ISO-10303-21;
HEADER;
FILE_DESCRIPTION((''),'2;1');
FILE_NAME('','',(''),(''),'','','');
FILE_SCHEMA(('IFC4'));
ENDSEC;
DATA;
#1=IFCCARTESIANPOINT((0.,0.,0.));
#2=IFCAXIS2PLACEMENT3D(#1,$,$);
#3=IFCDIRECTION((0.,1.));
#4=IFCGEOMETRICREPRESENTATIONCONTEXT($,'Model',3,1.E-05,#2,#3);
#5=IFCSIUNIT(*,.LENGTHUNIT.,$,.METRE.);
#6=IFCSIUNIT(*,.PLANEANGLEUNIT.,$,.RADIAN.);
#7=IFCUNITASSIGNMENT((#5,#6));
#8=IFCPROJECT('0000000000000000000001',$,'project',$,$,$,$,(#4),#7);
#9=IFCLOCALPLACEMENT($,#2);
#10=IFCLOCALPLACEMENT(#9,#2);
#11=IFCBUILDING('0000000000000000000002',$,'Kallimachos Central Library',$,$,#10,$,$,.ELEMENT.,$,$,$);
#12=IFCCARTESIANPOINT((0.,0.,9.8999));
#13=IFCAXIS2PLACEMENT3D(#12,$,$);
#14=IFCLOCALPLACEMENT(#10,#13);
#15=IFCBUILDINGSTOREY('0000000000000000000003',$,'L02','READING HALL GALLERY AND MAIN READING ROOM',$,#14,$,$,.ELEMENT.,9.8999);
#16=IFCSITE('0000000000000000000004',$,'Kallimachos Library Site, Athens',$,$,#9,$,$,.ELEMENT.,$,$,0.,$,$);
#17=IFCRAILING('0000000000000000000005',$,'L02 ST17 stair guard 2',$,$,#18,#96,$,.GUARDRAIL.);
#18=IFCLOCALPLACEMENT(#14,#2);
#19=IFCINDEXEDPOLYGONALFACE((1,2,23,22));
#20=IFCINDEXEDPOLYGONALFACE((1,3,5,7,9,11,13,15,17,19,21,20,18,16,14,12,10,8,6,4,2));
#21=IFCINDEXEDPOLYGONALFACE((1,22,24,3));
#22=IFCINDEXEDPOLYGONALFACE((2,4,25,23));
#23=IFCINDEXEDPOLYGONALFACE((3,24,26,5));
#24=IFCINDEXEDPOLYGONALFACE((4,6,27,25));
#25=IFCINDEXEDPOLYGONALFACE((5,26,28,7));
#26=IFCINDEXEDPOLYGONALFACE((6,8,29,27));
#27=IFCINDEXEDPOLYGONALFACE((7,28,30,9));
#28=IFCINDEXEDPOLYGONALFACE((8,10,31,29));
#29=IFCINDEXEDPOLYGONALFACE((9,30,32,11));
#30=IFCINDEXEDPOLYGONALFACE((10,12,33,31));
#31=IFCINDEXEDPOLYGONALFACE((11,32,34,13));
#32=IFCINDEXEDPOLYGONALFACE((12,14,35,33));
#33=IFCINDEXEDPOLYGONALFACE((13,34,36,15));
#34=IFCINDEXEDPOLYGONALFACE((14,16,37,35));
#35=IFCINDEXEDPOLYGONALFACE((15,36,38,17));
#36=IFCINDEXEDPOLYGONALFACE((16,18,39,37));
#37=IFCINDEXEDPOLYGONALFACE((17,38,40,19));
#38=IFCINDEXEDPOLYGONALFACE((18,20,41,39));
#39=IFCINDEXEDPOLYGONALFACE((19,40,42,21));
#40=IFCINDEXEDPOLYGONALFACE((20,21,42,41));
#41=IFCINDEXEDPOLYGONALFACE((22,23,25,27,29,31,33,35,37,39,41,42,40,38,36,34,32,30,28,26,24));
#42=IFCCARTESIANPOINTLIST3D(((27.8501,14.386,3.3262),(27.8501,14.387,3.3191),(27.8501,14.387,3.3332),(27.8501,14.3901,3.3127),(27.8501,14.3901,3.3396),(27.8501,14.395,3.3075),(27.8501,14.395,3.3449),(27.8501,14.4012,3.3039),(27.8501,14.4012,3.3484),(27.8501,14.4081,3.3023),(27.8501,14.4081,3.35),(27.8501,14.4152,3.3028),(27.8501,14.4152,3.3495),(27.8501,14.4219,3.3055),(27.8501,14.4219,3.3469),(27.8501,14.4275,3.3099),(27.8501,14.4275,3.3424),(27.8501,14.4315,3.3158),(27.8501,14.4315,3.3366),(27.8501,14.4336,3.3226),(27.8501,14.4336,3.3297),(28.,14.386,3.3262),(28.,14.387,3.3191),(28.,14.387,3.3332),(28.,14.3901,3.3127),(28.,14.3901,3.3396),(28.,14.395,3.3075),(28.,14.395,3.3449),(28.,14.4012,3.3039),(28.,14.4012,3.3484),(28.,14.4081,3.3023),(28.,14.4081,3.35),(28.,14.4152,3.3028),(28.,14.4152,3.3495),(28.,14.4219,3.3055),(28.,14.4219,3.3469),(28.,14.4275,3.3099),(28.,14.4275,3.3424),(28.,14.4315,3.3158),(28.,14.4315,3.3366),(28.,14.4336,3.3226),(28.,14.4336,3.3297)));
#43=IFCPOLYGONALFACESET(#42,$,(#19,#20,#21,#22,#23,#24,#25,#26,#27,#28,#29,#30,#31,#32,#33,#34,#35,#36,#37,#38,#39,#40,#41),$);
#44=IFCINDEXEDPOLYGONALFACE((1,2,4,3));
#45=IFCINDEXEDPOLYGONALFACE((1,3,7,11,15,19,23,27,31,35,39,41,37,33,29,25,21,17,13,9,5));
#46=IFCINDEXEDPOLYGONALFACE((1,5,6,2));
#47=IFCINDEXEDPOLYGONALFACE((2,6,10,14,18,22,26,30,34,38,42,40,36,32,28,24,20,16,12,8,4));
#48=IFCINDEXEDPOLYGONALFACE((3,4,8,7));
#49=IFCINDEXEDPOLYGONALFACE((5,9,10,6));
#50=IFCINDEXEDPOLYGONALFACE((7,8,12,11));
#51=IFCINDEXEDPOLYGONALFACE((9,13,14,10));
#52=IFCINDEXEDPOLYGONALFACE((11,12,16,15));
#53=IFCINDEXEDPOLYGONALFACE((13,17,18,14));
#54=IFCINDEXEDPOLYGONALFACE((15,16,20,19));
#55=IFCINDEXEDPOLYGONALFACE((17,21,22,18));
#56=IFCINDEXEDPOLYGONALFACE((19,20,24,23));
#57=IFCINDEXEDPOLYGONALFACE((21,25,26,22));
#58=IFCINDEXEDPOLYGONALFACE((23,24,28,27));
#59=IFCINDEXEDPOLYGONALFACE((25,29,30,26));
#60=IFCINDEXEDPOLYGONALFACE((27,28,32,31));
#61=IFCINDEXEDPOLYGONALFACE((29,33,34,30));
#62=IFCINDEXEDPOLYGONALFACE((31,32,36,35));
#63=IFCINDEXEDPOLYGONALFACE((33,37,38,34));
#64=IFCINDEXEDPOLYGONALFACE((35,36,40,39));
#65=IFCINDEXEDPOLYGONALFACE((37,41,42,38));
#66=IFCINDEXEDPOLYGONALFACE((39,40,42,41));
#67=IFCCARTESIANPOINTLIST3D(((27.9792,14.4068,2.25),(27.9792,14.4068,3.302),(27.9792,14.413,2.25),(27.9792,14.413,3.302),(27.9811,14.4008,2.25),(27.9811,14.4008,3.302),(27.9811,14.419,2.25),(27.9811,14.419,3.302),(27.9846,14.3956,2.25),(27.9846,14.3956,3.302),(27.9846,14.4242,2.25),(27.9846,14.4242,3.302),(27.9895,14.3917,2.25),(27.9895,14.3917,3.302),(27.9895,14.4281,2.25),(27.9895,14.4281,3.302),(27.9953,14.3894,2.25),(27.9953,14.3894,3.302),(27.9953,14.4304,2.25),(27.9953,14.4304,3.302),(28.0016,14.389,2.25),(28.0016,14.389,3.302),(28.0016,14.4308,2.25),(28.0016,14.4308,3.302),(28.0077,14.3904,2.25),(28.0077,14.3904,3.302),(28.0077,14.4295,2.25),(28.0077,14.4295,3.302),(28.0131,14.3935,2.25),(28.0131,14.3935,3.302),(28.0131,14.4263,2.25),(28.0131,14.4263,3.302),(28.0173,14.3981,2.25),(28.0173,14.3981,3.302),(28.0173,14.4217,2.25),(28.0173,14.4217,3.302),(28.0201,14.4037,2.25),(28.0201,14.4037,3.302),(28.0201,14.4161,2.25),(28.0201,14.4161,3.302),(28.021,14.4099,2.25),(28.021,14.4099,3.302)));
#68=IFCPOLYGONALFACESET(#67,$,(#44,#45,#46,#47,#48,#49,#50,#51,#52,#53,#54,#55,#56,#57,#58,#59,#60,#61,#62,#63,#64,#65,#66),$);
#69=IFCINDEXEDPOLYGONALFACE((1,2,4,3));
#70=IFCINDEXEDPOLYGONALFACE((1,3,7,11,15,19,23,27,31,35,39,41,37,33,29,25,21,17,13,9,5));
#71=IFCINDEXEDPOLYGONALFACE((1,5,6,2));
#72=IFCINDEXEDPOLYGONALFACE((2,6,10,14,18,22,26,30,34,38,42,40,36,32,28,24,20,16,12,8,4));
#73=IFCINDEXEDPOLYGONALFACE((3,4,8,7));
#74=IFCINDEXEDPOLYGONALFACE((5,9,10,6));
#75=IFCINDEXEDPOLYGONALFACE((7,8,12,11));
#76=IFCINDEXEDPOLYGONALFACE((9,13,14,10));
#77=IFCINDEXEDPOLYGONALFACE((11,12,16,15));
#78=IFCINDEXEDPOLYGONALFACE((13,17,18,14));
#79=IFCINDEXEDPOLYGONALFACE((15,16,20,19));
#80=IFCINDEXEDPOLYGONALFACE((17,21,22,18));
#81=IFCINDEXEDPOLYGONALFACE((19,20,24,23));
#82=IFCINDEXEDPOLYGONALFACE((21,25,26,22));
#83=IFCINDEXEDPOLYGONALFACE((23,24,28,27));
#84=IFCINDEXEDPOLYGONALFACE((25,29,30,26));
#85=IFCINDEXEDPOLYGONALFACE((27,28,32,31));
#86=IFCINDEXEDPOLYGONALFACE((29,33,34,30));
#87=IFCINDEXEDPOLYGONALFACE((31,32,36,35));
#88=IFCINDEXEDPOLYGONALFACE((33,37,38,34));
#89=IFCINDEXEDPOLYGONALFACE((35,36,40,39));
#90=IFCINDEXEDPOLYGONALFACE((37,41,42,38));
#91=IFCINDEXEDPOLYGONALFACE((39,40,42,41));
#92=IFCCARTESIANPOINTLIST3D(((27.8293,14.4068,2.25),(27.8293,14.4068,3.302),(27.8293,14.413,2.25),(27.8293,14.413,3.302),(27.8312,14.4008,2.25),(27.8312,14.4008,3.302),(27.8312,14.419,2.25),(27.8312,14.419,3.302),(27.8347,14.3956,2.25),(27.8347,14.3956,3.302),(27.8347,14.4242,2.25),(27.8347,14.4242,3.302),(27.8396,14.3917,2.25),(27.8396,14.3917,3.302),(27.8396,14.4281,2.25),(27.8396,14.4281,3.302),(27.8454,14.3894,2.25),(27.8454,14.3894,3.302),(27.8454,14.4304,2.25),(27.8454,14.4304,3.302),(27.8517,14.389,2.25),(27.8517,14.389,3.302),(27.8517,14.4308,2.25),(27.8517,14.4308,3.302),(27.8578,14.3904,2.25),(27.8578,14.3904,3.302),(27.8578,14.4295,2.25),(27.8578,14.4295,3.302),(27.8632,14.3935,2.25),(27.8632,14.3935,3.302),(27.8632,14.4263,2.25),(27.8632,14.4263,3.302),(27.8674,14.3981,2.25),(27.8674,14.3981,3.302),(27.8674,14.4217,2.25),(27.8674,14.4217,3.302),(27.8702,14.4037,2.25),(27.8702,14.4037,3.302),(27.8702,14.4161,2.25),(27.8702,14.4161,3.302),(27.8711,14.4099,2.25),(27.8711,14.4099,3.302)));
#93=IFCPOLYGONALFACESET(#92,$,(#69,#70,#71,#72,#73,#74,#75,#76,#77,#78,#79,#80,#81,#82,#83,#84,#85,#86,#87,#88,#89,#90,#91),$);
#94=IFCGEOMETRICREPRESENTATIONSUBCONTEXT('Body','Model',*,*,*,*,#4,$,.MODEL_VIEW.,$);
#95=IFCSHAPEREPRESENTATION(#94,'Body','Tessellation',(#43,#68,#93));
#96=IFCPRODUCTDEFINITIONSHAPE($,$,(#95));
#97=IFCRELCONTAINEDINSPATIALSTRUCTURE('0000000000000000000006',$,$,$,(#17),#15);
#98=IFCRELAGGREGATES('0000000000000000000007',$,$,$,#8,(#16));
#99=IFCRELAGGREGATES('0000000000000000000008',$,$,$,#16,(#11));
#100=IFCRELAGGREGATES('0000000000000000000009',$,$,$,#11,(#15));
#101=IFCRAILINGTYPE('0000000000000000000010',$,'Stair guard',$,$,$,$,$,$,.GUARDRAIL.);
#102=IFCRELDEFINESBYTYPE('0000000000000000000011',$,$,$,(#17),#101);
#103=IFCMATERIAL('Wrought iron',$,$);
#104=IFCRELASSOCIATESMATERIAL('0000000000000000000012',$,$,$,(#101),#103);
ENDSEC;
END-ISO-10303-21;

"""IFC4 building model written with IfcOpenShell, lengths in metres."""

from ifc_helpers import new_model, si_unit, direction, frame, origin, origin_2d, place, context, subcontext, project, spatial, circle, extrude, material, type_object, element, save


model = new_model("IFC4")

# Units and contexts
model_context = context("Model", 3, precision=1e-05, world=origin(), true_north=direction((0.0, 1.0)))
body_context = subcontext(model_context, "Body", "Model", "MODEL_VIEW")
ifc_project = project(units=[si_unit("LENGTHUNIT", "METRE"), si_unit("PLANEANGLEUNIT", "RADIAN")], contexts=[model_context])

# Site, building, storey
site_placement = place(None, origin())
site = spatial("IfcSite", under=ifc_project, at=site_placement, Name="Kallimachos Library Site, Athens", CompositionType="ELEMENT", RefElevation=0.0)
building_placement = place(site_placement, origin())
building = spatial("IfcBuilding", under=site, at=building_placement, Name="Kallimachos Central Library", CompositionType="ELEMENT")
storey_placement = place(building_placement, frame((0.0, 0.0, 9.8999)))
storey = spatial("IfcBuildingStorey", under=building, at=storey_placement, Name="L02", Description="READING HALL GALLERY AND MAIN READING ROOM", CompositionType="ELEMENT", Elevation=9.8999)

# Railing
ifc_material_1 = material(Name="Wrought iron")
railing_type_1 = type_object("IfcRailingType", Name="Stair guard", PredefinedType="GUARDRAIL", material=ifc_material_1)
railing_1_placement = place(storey_placement, frame((28.0, 14.4099, 2.25)))
element("IfcRailing", 1, at=railing_1_placement, inside=storey, type_object=railing_type_1, Name="L02 ST17 stair guard 2", PredefinedType="GUARDRAIL", context=body_context, shape_type="SweptSolid", body=[
    extrude(circle(Radius=0.0239, at=origin_2d()), frame((0.0, 0.0, 1.0762), z_axis=(-1.0, 0.0, 0.0), x_axis=(0.0, -1.0, 0.0)), (0.0, 0.0, 1.0), 0.1499),
    extrude(circle(Radius=0.021, at=origin_2d()), origin(), (0.0, 0.0, 1.0), 1.052),
    extrude(circle(Radius=0.021, at=origin_2d()), frame((-0.1499, 0.0, 0.0)), (0.0, 0.0, 1.0), 1.052),
])

save(model, "model.ifc")
